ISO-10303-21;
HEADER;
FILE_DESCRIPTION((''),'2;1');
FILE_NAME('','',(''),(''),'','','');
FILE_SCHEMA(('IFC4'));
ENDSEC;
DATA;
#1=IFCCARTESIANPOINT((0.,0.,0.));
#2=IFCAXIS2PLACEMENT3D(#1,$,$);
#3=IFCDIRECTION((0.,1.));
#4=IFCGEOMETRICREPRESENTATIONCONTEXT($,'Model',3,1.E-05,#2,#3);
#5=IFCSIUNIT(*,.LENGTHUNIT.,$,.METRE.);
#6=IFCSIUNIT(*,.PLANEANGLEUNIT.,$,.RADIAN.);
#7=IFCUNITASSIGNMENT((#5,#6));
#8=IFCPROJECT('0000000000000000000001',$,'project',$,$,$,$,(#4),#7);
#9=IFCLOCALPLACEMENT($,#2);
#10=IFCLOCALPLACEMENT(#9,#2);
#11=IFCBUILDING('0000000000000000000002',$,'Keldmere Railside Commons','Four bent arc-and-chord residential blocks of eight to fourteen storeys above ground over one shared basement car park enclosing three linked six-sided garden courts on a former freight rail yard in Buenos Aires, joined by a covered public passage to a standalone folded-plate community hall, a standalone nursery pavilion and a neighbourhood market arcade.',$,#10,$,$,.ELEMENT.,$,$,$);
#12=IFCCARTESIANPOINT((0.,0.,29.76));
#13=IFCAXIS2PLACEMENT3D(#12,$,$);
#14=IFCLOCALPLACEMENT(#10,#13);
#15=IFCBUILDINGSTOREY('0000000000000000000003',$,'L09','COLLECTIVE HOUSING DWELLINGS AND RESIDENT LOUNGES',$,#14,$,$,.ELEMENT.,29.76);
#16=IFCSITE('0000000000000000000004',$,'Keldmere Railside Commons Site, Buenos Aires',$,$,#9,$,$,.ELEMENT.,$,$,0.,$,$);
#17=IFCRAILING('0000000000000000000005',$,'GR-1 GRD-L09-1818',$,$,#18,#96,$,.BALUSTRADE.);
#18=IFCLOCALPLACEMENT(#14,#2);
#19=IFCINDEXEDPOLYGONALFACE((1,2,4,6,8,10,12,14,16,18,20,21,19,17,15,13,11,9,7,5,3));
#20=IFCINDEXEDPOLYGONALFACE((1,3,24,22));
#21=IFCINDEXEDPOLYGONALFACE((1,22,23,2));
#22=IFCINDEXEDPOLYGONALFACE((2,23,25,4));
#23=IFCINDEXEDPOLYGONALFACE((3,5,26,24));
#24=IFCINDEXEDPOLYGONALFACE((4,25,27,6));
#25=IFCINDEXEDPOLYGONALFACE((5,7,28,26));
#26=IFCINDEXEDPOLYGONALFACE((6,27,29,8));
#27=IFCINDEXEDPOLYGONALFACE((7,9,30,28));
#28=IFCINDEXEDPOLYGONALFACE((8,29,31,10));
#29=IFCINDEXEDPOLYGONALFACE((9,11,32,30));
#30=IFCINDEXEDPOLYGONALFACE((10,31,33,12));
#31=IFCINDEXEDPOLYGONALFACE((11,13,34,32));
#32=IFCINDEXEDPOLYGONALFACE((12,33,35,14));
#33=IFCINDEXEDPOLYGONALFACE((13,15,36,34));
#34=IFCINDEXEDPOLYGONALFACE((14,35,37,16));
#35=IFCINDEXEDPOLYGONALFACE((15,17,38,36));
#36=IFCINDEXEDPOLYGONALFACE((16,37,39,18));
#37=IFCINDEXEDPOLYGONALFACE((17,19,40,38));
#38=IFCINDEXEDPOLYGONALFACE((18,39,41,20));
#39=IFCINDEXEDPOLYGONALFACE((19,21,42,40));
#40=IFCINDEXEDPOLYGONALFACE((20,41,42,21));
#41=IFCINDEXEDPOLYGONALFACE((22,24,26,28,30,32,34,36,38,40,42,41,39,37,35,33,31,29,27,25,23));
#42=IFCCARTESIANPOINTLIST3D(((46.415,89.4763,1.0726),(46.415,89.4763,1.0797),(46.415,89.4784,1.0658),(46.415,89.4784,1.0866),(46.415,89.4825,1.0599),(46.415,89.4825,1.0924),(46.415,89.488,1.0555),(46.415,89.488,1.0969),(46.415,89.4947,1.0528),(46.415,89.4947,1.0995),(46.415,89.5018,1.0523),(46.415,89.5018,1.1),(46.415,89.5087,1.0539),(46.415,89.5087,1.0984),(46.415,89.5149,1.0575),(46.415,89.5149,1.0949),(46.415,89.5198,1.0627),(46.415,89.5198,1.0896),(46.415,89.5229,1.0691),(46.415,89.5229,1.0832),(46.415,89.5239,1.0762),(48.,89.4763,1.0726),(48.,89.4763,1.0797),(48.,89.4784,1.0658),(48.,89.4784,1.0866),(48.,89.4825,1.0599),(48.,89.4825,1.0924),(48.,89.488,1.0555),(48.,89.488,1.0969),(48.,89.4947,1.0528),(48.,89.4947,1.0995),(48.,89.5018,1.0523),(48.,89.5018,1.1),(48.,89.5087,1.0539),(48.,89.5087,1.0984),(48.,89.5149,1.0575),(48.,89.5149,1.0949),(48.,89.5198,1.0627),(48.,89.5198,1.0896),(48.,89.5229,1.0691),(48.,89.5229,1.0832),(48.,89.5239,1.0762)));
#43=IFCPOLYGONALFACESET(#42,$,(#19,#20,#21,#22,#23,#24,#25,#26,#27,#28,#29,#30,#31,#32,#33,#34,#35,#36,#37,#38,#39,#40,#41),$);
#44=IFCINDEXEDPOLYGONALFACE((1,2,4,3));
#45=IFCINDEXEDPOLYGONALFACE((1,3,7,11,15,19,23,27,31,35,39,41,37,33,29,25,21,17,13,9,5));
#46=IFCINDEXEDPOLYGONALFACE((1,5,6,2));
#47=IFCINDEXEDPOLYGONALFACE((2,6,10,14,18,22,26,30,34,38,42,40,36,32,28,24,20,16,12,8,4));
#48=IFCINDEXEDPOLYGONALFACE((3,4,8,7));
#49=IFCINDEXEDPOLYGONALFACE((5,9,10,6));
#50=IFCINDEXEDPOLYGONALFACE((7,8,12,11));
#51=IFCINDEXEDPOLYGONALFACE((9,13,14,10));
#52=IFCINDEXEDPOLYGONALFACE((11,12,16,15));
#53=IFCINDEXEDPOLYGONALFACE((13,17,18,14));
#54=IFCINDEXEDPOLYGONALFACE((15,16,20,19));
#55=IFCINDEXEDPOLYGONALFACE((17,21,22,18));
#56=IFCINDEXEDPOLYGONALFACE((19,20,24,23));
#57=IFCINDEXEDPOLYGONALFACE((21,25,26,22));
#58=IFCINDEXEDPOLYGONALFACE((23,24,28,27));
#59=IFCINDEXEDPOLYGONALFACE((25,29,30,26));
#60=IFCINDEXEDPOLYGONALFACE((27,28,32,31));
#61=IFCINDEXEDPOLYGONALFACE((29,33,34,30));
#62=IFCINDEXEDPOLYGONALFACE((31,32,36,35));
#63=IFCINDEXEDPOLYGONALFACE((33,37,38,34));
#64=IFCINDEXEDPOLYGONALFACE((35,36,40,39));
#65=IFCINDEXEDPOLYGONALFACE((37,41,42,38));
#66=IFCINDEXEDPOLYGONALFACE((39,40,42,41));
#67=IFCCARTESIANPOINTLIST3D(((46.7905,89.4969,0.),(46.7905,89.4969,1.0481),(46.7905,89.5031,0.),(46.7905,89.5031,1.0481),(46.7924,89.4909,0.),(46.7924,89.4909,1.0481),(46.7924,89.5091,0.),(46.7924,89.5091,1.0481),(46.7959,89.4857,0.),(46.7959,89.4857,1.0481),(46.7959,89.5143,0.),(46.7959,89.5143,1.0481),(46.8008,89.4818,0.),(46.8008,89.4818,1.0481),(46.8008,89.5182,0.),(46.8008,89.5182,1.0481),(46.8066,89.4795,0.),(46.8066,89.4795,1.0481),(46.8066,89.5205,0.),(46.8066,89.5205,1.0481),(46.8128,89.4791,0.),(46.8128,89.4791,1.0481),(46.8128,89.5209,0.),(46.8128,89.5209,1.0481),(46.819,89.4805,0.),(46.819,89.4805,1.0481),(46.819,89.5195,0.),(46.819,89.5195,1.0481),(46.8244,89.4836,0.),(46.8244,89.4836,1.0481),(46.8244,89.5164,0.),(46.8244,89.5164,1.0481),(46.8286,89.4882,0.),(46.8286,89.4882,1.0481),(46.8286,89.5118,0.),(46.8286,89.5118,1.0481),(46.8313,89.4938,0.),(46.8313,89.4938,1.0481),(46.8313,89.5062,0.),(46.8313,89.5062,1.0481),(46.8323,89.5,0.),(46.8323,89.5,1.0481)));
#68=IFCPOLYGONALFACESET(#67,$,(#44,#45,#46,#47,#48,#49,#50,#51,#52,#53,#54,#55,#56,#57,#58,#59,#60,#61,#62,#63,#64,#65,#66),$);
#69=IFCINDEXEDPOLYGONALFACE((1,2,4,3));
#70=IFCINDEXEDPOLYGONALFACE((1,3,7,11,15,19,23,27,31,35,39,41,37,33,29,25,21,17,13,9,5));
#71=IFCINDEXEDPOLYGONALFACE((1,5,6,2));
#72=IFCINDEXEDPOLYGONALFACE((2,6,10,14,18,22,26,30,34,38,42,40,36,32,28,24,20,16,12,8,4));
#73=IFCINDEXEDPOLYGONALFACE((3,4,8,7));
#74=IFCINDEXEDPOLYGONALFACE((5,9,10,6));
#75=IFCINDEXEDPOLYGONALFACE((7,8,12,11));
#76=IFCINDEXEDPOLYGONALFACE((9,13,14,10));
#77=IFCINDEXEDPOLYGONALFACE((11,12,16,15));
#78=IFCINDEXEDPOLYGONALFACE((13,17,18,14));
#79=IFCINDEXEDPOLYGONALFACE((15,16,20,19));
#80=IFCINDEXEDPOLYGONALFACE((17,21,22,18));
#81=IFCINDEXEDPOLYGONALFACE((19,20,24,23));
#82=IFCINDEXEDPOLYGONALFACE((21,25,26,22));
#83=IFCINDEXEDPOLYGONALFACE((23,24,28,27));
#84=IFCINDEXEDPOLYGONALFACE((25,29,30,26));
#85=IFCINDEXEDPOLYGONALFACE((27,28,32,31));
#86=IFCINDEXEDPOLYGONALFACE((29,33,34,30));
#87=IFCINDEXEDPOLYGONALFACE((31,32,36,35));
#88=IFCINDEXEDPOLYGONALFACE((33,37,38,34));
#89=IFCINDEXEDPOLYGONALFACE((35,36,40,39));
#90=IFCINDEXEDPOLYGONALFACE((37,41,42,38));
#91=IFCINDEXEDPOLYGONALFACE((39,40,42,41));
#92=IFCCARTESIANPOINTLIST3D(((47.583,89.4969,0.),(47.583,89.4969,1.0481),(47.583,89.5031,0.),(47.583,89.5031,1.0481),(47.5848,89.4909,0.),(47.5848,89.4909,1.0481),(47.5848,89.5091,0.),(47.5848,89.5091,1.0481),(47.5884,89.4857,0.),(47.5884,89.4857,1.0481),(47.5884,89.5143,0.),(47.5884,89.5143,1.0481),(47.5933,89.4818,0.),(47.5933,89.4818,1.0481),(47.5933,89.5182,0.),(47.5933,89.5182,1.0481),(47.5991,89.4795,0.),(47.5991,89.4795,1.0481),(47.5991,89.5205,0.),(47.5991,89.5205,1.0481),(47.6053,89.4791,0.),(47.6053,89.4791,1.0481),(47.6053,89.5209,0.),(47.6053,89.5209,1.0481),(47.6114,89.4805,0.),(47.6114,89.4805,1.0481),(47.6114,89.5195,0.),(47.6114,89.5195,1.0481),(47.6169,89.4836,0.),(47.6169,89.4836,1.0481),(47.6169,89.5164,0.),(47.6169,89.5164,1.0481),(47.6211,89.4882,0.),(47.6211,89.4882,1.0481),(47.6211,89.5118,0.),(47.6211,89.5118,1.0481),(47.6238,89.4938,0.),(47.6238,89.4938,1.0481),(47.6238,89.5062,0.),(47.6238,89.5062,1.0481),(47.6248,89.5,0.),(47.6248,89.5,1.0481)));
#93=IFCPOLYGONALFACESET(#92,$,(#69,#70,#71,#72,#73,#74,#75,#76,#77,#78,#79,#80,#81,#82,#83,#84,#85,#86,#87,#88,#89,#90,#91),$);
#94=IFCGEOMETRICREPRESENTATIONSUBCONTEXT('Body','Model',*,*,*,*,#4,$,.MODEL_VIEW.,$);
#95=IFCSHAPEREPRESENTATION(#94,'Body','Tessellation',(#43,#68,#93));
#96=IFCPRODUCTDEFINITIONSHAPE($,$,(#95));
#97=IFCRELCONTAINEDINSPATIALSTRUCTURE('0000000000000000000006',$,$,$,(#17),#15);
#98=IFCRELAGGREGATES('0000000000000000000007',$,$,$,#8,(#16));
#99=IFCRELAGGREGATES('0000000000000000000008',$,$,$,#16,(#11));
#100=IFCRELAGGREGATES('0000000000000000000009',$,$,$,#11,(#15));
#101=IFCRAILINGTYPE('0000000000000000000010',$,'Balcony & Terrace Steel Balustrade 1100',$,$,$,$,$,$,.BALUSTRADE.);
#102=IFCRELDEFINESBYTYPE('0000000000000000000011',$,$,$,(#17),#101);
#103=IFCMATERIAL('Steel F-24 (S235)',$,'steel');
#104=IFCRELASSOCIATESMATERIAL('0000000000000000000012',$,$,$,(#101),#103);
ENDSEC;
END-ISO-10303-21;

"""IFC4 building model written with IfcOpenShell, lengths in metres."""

from ifc_helpers import new_model, si_unit, direction, frame, origin, origin_2d, place, context, subcontext, project, spatial, circle, extrude, material, type_object, element, save


model = new_model("IFC4")

# Units and contexts
model_context = context("Model", 3, precision=1e-05, world=origin(), true_north=direction((0.0, 1.0)))
body_context = subcontext(model_context, "Body", "Model", "MODEL_VIEW")
ifc_project = project(units=[si_unit("LENGTHUNIT", "METRE"), si_unit("PLANEANGLEUNIT", "RADIAN")], contexts=[model_context])

# Site, building, storey
site_placement = place(None, origin())
site = spatial("IfcSite", under=ifc_project, at=site_placement, Name="Keldmere Railside Commons Site, Buenos Aires", CompositionType="ELEMENT", RefElevation=0.0)
building_placement = place(site_placement, origin())
building = spatial("IfcBuilding", under=site, at=building_placement, Name="Keldmere Railside Commons", Description="Four bent arc-and-chord residential blocks of eight to fourteen storeys above ground over one shared basement car park enclosing three linked six-sided garden courts on a former freight rail yard in Buenos Aires, joined by a covered public passage to a standalone folded-plate community hall, a standalone nursery pavilion and a neighbourhood market arcade.", CompositionType="ELEMENT")
storey_placement = place(building_placement, frame((0.0, 0.0, 29.76)))
storey = spatial("IfcBuildingStorey", under=building, at=storey_placement, Name="L09", Description="COLLECTIVE HOUSING DWELLINGS AND RESIDENT LOUNGES", CompositionType="ELEMENT", Elevation=29.76)

# Railing
ifc_material_1 = material(Name="Steel F-24 (S235)", Category="steel")
railing_type = type_object("IfcRailingType", Name="Balcony & Terrace Steel Balustrade 1100", PredefinedType="BALUSTRADE", material=ifc_material_1)
railing_1_placement = place(storey_placement, frame((46.415, 89.5, 0.0)))
element("IfcRailing", 1, at=railing_1_placement, inside=storey, type_object=railing_type, Name="GR-1 GRD-L09-1818", PredefinedType="BALUSTRADE", context=body_context, shape_type="SweptSolid", body=[
    extrude(circle(Radius=0.0239, at=origin_2d()), frame((0.0, 0.0, 1.0762), z_axis=(1.0, 0.0, 0.0), x_axis=(0.0, 1.0, 0.0)), (0.0, 0.0, 1.0), 1.585),
    extrude(circle(Radius=0.021, at=origin_2d()), frame((0.3962, 0.0, 0.0)), (0.0, 0.0, 1.0), 1.0481),
    extrude(circle(Radius=0.021, at=origin_2d()), frame((1.1887, 0.0, 0.0)), (0.0, 0.0, 1.0), 1.0481),
])

save(model, "model.ifc")
